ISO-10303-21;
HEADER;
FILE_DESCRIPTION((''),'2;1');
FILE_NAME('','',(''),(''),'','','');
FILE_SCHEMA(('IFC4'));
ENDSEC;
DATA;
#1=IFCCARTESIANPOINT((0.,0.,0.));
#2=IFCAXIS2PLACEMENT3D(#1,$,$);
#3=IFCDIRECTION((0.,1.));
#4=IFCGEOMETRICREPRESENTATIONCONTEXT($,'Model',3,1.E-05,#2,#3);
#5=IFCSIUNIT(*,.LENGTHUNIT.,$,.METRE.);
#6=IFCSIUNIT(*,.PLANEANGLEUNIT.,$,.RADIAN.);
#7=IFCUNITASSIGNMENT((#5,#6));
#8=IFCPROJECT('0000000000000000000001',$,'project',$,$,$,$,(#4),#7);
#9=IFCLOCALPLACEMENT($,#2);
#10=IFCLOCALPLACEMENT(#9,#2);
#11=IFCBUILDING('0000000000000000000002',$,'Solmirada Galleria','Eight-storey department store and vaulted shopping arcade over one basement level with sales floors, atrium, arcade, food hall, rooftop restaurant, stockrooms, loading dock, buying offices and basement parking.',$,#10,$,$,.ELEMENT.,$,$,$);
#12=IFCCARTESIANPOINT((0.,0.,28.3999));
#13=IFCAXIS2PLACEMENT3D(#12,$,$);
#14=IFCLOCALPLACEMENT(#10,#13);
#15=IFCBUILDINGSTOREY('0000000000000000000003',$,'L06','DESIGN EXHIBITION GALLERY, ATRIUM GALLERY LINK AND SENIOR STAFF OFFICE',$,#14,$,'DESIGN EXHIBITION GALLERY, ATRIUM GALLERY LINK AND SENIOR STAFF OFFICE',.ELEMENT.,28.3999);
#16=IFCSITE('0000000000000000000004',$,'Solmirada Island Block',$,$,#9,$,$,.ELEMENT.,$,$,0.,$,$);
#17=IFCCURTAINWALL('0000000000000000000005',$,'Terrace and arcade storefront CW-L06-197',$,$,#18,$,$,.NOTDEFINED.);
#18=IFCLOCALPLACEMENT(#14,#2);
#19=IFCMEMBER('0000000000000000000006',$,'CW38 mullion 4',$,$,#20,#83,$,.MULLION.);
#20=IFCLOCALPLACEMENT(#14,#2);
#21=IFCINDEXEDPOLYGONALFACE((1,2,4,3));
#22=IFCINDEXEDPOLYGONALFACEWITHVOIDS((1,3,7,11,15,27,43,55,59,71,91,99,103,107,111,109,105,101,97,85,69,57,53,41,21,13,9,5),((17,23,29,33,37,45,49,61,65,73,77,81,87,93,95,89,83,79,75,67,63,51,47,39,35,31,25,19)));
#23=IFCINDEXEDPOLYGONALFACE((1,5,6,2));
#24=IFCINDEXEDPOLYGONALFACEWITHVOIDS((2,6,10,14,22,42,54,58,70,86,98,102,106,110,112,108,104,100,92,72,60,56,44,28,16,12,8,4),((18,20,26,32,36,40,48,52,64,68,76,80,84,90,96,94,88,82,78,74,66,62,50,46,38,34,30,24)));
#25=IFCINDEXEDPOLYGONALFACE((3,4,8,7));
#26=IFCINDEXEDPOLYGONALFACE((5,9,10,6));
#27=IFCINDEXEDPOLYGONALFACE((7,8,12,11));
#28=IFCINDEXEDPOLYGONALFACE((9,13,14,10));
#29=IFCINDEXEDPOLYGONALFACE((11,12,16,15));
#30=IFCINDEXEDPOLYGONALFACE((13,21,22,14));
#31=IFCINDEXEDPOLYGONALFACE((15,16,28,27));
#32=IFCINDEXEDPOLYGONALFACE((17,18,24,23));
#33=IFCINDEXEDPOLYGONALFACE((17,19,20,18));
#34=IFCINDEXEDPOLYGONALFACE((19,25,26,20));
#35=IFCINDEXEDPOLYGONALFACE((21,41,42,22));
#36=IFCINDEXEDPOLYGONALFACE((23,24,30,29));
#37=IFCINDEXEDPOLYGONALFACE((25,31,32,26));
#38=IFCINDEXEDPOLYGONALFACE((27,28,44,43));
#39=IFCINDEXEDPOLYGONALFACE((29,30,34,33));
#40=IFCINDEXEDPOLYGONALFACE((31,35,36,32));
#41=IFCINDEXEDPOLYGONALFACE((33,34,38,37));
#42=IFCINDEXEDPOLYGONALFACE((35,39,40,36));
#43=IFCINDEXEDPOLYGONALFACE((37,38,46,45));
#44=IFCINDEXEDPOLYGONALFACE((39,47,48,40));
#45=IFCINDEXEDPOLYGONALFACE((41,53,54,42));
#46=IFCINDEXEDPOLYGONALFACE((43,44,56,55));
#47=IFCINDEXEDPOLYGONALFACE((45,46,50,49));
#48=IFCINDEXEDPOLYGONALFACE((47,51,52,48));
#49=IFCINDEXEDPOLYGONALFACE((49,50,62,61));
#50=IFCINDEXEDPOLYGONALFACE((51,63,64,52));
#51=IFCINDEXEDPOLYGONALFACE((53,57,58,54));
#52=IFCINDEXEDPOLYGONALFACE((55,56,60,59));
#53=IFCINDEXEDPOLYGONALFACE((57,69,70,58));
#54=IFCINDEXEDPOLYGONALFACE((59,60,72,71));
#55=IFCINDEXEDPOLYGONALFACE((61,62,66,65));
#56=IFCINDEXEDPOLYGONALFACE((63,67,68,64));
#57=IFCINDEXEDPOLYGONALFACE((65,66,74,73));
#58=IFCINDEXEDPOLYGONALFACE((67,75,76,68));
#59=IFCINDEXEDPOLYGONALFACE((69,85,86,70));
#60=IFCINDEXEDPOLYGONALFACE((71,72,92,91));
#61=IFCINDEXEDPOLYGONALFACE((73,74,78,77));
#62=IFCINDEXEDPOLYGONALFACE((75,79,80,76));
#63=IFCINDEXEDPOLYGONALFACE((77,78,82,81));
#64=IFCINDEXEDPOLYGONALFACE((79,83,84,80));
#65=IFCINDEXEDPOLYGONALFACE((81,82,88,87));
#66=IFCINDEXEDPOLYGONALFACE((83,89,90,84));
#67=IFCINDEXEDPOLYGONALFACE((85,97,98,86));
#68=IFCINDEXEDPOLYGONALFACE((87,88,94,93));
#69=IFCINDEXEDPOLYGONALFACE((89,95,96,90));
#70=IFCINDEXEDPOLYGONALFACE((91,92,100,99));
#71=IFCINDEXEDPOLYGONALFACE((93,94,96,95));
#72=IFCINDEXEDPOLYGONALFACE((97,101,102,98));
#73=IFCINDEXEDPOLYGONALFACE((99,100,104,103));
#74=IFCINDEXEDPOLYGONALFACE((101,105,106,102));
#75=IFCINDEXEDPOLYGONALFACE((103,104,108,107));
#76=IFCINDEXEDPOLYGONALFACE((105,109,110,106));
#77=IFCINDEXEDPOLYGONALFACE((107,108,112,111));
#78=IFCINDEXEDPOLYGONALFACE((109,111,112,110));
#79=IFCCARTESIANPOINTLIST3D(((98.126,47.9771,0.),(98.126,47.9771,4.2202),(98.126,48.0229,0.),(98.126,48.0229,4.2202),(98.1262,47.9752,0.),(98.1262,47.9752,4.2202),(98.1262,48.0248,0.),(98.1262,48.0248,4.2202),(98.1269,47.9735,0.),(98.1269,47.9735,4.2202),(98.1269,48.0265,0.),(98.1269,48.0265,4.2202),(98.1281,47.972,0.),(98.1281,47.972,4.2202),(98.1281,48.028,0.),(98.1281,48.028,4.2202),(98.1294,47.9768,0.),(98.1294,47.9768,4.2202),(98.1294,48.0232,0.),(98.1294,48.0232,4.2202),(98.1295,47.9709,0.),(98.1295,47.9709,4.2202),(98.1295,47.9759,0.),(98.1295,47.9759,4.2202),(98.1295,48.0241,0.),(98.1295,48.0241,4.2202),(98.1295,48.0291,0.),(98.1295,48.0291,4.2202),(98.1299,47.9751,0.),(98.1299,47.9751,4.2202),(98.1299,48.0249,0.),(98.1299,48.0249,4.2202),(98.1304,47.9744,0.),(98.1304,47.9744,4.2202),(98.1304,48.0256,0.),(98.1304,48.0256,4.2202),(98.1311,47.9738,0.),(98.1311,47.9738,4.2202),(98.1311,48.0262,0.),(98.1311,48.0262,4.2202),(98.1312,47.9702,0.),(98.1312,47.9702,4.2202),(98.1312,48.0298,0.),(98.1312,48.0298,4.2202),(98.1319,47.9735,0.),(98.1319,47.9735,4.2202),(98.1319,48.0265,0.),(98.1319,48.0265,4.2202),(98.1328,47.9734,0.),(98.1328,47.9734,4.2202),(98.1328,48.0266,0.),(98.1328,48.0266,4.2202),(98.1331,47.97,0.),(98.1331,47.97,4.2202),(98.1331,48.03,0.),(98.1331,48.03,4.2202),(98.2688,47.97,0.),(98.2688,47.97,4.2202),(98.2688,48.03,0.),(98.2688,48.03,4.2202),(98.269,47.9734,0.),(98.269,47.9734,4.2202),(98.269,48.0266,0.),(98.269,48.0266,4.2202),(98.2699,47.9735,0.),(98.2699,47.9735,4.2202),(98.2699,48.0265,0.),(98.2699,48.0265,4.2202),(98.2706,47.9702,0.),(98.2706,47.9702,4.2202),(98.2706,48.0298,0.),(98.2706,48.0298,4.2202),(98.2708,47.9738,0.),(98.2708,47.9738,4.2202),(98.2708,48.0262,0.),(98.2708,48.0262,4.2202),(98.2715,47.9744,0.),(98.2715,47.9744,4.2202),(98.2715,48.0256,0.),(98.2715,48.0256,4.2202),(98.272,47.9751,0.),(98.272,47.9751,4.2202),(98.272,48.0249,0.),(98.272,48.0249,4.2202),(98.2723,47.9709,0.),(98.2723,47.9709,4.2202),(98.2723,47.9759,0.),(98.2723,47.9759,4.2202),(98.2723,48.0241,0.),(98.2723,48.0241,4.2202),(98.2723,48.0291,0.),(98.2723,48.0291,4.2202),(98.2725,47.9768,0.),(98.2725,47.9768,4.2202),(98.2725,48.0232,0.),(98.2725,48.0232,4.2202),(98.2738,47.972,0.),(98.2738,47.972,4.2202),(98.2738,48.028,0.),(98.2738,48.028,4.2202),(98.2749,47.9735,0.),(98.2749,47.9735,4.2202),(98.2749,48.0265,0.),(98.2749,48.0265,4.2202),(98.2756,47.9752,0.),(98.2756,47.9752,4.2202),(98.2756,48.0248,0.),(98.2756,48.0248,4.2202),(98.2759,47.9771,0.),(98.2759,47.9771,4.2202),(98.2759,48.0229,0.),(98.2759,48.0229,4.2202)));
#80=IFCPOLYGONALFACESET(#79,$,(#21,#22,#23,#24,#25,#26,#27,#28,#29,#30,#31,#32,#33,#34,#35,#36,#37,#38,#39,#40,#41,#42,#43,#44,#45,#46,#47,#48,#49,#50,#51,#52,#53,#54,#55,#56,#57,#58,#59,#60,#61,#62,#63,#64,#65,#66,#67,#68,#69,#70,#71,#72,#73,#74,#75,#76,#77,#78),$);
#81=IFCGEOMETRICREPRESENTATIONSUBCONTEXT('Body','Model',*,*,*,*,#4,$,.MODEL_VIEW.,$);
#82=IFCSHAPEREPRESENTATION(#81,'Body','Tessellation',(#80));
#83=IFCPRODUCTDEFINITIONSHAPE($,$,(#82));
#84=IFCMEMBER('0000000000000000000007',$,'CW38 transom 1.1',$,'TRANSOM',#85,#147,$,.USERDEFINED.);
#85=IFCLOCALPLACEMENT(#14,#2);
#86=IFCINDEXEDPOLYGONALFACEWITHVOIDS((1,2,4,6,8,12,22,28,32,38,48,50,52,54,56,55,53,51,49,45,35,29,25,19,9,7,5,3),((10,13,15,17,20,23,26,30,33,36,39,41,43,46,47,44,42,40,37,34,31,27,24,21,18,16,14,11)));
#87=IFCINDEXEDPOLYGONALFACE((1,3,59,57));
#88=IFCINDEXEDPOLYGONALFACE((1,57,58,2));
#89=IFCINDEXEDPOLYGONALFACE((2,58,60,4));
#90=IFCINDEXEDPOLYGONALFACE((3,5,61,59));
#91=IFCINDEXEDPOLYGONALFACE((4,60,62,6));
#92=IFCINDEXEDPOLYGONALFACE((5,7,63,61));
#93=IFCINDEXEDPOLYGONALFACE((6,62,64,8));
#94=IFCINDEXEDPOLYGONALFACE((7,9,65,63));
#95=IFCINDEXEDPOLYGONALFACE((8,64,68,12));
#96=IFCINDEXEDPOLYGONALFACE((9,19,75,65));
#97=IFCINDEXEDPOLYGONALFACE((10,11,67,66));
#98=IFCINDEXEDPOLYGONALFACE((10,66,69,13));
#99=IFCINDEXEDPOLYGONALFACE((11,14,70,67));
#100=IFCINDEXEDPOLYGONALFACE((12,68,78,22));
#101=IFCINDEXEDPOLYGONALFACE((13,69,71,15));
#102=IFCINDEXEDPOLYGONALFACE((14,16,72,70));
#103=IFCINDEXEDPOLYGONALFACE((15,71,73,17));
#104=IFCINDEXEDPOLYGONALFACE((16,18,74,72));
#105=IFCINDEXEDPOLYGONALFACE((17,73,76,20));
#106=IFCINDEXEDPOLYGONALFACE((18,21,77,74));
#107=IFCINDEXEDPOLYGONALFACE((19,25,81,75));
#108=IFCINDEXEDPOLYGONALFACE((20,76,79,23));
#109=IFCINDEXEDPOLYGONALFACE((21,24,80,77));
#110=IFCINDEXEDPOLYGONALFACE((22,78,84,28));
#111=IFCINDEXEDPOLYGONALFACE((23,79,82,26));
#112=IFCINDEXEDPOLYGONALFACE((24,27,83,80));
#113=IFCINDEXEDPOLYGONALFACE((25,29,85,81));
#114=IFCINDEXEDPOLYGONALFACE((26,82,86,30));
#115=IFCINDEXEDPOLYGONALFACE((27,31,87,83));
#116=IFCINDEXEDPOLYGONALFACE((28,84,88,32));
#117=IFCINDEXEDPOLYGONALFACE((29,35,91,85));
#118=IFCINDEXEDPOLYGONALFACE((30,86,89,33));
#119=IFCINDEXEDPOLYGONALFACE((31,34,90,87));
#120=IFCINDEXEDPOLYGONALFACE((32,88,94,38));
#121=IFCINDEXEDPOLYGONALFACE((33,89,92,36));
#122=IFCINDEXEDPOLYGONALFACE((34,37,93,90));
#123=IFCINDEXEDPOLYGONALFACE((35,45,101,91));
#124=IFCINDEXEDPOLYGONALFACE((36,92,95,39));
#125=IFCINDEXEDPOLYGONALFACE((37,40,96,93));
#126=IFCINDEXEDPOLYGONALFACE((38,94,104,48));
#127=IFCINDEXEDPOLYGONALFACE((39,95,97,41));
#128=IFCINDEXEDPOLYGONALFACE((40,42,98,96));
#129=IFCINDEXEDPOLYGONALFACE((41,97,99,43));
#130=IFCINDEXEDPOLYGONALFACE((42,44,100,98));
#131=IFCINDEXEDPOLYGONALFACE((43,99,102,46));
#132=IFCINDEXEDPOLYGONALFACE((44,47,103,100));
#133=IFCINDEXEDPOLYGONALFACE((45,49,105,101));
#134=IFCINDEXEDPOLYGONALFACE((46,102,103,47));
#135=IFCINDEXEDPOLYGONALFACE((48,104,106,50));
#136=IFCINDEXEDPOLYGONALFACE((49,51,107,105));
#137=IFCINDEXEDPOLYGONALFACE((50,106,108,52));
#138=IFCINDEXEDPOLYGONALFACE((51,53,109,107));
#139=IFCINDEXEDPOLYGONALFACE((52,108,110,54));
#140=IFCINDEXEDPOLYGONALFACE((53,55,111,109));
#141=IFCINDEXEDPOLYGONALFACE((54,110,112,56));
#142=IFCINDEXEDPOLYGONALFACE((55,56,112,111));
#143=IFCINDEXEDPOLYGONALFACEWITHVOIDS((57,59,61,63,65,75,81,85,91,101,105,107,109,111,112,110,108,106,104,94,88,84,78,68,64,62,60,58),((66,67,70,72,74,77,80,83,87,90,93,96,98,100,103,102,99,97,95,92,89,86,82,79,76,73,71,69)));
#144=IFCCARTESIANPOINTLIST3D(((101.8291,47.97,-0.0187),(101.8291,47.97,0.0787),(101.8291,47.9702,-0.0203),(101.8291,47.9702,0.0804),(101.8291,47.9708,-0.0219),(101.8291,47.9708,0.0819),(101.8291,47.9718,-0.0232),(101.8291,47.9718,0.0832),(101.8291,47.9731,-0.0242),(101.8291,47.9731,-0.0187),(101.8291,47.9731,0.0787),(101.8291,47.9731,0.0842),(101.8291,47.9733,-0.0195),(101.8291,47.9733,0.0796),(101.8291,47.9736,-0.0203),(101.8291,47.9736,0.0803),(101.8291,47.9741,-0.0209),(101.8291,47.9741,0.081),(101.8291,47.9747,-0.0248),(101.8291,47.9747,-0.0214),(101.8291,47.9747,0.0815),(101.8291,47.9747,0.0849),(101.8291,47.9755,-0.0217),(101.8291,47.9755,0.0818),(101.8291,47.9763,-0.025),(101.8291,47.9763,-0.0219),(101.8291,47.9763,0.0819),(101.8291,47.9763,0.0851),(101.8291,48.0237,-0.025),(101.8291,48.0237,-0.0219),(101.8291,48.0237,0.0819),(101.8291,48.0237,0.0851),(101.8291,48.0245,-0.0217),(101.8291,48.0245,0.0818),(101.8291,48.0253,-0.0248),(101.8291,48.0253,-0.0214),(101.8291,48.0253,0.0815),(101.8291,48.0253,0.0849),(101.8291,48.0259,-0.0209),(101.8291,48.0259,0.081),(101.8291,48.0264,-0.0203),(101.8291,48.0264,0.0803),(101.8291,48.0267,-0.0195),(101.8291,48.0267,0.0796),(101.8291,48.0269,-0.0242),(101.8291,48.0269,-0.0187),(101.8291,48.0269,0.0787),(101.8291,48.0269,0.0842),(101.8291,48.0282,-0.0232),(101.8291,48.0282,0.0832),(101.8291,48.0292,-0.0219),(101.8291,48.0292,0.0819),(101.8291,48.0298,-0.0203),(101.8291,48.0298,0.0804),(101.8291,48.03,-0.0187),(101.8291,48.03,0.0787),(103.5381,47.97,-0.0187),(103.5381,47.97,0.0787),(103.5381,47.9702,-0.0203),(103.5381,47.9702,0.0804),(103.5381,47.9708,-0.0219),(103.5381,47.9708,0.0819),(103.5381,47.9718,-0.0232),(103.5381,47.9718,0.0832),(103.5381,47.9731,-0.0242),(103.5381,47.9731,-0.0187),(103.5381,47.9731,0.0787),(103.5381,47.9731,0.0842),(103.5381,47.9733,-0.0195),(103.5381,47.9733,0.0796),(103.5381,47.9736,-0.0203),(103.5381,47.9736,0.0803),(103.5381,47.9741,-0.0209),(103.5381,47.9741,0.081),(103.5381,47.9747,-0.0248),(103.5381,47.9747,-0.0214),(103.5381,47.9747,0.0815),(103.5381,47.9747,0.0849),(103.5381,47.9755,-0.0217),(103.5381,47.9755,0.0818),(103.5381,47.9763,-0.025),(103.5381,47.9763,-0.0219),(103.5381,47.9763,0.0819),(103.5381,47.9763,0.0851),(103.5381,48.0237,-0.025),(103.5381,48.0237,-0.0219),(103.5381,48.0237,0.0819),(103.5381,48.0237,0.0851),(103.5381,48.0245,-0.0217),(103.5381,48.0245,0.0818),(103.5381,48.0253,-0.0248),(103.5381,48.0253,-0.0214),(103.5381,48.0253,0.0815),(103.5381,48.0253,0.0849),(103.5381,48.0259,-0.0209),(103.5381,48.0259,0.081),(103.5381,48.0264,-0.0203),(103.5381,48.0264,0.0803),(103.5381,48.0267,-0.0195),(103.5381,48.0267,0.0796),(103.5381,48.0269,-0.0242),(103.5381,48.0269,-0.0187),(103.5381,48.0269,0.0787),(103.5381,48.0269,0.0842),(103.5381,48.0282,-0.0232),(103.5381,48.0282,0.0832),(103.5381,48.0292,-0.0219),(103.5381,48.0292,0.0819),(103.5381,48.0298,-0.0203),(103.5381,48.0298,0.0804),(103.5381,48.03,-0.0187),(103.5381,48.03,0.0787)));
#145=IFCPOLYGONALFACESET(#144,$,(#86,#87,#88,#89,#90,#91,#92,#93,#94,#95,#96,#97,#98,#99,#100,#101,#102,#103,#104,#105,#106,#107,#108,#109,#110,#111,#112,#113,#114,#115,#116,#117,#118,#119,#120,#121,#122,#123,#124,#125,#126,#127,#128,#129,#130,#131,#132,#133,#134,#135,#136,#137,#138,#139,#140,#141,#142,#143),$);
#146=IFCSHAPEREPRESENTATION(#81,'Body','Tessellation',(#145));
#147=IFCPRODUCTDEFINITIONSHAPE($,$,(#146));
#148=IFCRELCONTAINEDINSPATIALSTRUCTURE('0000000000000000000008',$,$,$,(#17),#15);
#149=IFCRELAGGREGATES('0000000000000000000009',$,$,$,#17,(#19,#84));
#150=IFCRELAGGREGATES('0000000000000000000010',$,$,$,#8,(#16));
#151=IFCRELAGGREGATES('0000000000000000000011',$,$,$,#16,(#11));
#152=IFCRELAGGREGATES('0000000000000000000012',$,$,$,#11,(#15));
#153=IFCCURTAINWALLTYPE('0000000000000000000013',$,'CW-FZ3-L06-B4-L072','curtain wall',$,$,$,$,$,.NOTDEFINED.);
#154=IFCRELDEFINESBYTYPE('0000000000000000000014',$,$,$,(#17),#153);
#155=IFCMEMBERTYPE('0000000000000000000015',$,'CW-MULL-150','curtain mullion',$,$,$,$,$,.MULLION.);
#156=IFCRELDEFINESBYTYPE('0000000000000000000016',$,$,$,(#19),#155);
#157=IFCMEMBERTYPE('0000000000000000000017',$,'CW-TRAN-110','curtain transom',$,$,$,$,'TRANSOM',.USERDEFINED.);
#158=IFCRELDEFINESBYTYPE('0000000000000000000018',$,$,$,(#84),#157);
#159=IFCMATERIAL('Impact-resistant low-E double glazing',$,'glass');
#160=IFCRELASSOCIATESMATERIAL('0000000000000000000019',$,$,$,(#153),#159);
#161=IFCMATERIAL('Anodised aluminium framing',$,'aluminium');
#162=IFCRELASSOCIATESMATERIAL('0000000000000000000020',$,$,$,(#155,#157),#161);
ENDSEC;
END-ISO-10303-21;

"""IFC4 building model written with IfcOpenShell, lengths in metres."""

from ifc_helpers import new_model, si_unit, direction, frame, origin, origin_2d, place, context, subcontext, project, spatial, hollow_rectangle, extrude, material, material_profile, profile_set, type_object, element, aggregate, save


model = new_model("IFC4")

# Units and contexts
model_context = context("Model", 3, precision=1e-05, world=origin(), true_north=direction((0.0, 1.0)))
body_context = subcontext(model_context, "Body", "Model", "MODEL_VIEW")
ifc_project = project(units=[si_unit("LENGTHUNIT", "METRE"), si_unit("PLANEANGLEUNIT", "RADIAN")], contexts=[model_context])

# Site, building, storey
site_placement = place(None, origin())
site = spatial("IfcSite", under=ifc_project, at=site_placement, Name="Solmirada Island Block", CompositionType="ELEMENT", RefElevation=0.0)
building_placement = place(site_placement, origin())
building = spatial("IfcBuilding", under=site, at=building_placement, Name="Solmirada Galleria", Description="Eight-storey department store and vaulted shopping arcade over one basement level with sales floors, atrium, arcade, food hall, rooftop restaurant, stockrooms, loading dock, buying offices and basement parking.", CompositionType="ELEMENT")
storey_placement = place(building_placement, frame((0.0, 0.0, 28.3999)))
storey = spatial("IfcBuildingStorey", under=building, at=storey_placement, Name="L06", Description="DESIGN EXHIBITION GALLERY, ATRIUM GALLERY LINK AND SENIOR STAFF OFFICE", LongName="DESIGN EXHIBITION GALLERY, ATRIUM GALLERY LINK AND SENIOR STAFF OFFICE", CompositionType="ELEMENT", Elevation=28.3999)

# Shared definitions
ifc_material_1 = material(Name="Impact-resistant low-E double glazing", Category="glass")
curtain_wall_type = type_object("IfcCurtainWallType", Name="CW-FZ3-L06-B4-L072", Description="curtain wall", PredefinedType="NOTDEFINED", material=ifc_material_1)
ifc_material_2 = material(Name="Anodised aluminium framing", Category="aluminium")
ifc_material_profile_1 = material_profile(ifc_material_2, hollow_rectangle(XDim=0.0601, YDim=0.1499, WallThickness=0.0034, InnerFilletRadius=0.0034, OuterFilletRadius=0.0071, at=origin_2d()), Name="ALU-MULL-150X60")
ifc_profile_set_1 = profile_set([ifc_material_profile_1], Name="Anodised aluminium framing")
member_type_1 = type_object("IfcMemberType", Name="CW-MULL-150", Description="curtain mullion", PredefinedType="MULLION", material=ifc_profile_set_1)

# Curtain wall, members
curtain_wall_1_placement = place(storey_placement, origin())
curtain_wall_1 = element("IfcCurtainWall", 1, at=curtain_wall_1_placement, inside=storey, type_object=curtain_wall_type, Name="Terrace and arcade storefront CW-L06-197", PredefinedType="NOTDEFINED")
member_1_placement = place(storey_placement, frame((98.2009, 48.0, 0.0), z_axis=(0.0, 0.0, 1.0), x_axis=(0.0, -1.0, 0.0)))
member_1 = element("IfcMember", 2, at=member_1_placement, type_object=member_type_1, Name="CW38 mullion 4", PredefinedType="MULLION", context=body_context, shape_type="SweptSolid", body=[
    extrude(hollow_rectangle(XDim=0.0601, YDim=0.1499, WallThickness=0.0034, InnerFilletRadius=0.0034, OuterFilletRadius=0.0071, at=origin_2d()), origin(), (0.0, 0.0, 1.0), 4.2202),
])
ifc_material_profile_2 = material_profile(ifc_material_2, hollow_rectangle(XDim=0.0601, YDim=0.1101, WallThickness=0.0032, InnerFilletRadius=0.0032, OuterFilletRadius=0.0063, at=origin_2d()), Name="ALU-TRAN-110X60")
ifc_profile_set_2 = profile_set([ifc_material_profile_2], Name="Anodised aluminium framing")
member_type_2 = type_object("IfcMemberType", Name="CW-TRAN-110", Description="curtain transom", ElementType="TRANSOM", PredefinedType="USERDEFINED", material=ifc_profile_set_2)
member_2_placement = place(storey_placement, frame((103.5381, 48.0, 0.03), z_axis=(-1.0, 0.0, 0.0), x_axis=(0.0, -1.0, 0.0)))
member_2 = element("IfcMember", 3, at=member_2_placement, type_object=member_type_2, Name="CW38 transom 1.1", ObjectType="TRANSOM", PredefinedType="USERDEFINED", context=body_context, shape_type="SweptSolid", body=[
    extrude(hollow_rectangle(XDim=0.0601, YDim=0.1101, WallThickness=0.0032, InnerFilletRadius=0.0032, OuterFilletRadius=0.0063, at=origin_2d()), origin(), (0.0, 0.0, 1.0), 1.709),
])

aggregate(curtain_wall_1, [member_1, member_2])

save(model, "model.ifc")
